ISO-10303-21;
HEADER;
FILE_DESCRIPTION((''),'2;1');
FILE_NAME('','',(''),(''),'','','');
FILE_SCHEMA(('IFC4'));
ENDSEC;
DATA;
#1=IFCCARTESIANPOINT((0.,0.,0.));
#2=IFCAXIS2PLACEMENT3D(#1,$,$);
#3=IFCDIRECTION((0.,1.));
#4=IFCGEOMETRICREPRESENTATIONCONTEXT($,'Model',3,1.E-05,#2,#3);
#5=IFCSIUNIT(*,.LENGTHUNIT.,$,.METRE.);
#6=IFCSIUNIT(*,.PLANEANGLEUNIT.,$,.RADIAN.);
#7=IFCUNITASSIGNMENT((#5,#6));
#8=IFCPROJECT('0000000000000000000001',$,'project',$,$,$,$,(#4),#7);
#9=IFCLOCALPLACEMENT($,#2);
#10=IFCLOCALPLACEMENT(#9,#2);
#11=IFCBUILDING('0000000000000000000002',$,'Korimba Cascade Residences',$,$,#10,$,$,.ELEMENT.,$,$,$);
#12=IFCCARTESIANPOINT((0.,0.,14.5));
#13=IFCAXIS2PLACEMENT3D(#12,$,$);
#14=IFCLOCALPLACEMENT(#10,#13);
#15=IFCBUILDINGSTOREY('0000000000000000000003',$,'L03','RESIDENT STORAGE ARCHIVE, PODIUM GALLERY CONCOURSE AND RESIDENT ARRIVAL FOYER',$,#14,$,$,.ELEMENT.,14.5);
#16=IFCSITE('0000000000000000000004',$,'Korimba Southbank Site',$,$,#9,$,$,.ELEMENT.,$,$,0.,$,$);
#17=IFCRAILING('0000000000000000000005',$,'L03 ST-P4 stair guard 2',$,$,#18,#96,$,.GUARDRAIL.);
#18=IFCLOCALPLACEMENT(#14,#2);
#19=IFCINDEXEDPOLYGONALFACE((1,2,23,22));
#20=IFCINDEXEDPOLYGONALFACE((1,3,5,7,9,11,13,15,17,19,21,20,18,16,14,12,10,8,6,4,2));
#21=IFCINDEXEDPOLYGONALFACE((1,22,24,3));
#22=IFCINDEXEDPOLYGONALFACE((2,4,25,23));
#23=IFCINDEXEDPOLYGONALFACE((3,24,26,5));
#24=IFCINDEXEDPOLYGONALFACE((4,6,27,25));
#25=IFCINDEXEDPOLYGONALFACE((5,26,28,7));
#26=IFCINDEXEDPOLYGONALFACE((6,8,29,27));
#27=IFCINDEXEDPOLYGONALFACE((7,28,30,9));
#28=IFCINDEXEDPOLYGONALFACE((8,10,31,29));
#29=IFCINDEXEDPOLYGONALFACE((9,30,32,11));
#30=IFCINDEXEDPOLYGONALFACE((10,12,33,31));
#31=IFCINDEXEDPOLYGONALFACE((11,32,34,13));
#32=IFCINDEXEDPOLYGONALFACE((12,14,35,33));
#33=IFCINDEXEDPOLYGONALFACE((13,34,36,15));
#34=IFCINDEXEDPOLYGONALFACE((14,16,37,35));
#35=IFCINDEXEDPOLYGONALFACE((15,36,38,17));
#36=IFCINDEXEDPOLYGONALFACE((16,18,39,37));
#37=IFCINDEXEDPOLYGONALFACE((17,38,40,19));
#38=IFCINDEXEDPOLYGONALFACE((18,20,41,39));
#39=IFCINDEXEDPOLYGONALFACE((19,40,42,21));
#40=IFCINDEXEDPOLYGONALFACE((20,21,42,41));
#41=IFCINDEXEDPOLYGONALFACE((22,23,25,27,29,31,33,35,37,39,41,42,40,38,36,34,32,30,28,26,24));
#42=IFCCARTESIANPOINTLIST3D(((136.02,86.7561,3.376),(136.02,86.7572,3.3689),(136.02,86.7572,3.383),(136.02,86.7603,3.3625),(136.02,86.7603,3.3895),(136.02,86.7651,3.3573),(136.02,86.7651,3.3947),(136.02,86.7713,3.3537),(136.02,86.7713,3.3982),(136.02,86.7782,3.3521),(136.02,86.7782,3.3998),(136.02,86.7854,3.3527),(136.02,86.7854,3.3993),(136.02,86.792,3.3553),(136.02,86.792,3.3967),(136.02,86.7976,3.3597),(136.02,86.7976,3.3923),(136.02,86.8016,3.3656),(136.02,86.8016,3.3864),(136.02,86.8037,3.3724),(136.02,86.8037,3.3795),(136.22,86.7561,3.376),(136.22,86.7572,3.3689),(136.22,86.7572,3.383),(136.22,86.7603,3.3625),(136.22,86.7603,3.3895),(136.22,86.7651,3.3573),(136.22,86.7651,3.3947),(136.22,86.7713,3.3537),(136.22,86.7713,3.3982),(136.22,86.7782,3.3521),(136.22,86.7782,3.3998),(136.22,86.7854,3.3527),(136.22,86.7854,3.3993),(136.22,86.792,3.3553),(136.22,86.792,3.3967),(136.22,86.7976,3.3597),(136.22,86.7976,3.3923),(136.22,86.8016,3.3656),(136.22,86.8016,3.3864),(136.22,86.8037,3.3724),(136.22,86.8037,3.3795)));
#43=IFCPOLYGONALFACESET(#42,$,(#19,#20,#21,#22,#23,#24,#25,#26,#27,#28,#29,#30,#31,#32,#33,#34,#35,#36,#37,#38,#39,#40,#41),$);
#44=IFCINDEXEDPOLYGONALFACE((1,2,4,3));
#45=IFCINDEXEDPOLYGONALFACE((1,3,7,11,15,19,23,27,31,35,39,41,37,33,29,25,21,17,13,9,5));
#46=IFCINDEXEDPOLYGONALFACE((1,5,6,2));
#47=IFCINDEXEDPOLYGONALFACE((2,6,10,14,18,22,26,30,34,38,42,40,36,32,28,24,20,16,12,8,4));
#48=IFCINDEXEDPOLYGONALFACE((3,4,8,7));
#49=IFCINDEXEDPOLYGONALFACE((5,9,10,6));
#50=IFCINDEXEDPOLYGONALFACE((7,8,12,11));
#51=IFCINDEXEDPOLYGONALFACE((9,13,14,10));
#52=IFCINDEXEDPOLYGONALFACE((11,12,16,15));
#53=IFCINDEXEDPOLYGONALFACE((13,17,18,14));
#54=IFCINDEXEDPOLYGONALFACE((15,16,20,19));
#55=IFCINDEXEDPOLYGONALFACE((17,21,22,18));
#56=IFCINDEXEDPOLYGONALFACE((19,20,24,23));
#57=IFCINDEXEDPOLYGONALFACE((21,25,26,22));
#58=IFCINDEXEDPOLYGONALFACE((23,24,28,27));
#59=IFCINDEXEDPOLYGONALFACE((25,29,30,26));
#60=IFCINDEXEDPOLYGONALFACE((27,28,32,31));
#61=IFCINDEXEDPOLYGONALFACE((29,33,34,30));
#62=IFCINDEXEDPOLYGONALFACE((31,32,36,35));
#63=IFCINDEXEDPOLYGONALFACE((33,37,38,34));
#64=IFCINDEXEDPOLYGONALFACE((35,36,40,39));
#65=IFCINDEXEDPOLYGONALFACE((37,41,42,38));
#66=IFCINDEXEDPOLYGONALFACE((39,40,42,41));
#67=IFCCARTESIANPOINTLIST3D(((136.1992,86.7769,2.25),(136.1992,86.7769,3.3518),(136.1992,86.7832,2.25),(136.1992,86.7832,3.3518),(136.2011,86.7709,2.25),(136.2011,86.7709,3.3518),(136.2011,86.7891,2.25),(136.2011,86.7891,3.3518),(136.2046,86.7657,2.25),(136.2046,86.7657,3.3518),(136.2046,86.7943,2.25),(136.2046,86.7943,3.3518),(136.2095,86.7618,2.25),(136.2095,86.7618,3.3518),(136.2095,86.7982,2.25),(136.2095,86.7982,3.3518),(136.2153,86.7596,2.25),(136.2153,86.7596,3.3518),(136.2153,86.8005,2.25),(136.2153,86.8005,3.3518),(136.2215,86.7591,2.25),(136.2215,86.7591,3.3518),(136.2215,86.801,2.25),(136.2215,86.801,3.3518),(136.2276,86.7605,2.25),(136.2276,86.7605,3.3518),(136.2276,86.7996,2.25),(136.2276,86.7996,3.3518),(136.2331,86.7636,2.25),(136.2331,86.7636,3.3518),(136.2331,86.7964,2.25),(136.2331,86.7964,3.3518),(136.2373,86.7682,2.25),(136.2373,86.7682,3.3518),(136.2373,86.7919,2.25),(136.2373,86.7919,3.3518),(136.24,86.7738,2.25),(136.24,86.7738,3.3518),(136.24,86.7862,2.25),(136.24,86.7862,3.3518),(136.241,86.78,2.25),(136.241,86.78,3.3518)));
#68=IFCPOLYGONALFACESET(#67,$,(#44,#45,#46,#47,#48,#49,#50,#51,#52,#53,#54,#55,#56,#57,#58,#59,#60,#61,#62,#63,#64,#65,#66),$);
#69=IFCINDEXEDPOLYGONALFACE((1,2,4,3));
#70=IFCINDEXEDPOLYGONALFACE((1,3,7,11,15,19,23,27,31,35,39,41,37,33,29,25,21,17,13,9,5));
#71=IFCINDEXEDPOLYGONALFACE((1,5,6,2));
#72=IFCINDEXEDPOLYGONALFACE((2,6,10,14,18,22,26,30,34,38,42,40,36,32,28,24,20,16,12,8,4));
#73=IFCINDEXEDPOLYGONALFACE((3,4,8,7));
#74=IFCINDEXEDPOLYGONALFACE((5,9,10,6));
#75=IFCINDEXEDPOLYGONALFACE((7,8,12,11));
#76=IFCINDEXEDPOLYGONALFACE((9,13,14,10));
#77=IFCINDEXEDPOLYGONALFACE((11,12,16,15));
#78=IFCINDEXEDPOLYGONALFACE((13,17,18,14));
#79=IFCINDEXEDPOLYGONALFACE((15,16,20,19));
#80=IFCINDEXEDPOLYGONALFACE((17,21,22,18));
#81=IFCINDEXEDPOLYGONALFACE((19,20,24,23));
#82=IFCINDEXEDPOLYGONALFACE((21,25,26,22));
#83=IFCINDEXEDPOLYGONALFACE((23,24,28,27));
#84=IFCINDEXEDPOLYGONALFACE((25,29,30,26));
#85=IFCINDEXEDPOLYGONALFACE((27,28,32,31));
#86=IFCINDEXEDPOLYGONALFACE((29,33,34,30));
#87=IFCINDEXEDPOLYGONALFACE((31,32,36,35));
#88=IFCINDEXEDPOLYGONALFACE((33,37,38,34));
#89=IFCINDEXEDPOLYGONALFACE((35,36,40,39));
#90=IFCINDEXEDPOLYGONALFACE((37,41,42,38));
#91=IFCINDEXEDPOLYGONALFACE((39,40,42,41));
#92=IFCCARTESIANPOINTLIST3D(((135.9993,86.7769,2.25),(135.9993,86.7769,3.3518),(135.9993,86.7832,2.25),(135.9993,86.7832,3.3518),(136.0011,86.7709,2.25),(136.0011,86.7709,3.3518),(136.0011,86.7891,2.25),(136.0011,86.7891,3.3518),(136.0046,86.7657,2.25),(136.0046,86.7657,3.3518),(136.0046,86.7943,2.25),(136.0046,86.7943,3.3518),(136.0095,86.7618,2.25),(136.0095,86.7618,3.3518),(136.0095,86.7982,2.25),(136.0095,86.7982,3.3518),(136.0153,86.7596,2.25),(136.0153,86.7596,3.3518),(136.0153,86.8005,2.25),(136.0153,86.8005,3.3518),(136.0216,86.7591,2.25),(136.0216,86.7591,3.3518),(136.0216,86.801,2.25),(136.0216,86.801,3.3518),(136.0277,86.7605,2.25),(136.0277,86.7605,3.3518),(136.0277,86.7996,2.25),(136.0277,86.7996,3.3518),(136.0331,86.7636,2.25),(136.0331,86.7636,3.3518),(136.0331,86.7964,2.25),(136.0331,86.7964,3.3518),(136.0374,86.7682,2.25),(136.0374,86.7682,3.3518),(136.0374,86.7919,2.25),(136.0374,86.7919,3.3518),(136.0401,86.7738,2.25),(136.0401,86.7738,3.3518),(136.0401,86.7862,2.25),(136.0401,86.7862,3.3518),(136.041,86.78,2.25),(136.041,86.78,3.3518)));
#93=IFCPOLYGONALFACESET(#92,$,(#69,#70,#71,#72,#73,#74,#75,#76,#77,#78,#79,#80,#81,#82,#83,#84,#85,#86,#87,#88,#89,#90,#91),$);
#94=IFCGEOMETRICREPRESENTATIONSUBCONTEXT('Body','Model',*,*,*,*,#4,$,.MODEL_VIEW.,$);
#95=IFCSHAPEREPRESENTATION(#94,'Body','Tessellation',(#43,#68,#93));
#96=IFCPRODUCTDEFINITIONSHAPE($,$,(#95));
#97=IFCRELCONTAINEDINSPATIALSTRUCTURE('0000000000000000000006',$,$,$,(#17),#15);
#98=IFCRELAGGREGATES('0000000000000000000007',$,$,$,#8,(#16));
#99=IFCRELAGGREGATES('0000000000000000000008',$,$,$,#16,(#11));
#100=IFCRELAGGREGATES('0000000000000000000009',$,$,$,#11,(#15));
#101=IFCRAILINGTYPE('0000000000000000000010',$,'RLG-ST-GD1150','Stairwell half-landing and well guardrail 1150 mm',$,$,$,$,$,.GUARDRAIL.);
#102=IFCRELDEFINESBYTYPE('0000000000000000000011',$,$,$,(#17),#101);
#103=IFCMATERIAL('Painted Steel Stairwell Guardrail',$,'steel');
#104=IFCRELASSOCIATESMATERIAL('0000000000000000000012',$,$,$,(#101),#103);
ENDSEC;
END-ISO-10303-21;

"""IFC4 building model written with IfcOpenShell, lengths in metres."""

from ifc_helpers import new_model, si_unit, direction, frame, origin, origin_2d, place, context, subcontext, project, spatial, circle, extrude, material, type_object, element, save


model = new_model("IFC4")

# Units and contexts
model_context = context("Model", 3, precision=1e-05, world=origin(), true_north=direction((0.0, 1.0)))
body_context = subcontext(model_context, "Body", "Model", "MODEL_VIEW")
ifc_project = project(units=[si_unit("LENGTHUNIT", "METRE"), si_unit("PLANEANGLEUNIT", "RADIAN")], contexts=[model_context])

# Site, building, storey
site_placement = place(None, origin())
site = spatial("IfcSite", under=ifc_project, at=site_placement, Name="Korimba Southbank Site", CompositionType="ELEMENT", RefElevation=0.0)
building_placement = place(site_placement, origin())
building = spatial("IfcBuilding", under=site, at=building_placement, Name="Korimba Cascade Residences", CompositionType="ELEMENT")
storey_placement = place(building_placement, frame((0.0, 0.0, 14.5)))
storey = spatial("IfcBuildingStorey", under=building, at=storey_placement, Name="L03", Description="RESIDENT STORAGE ARCHIVE, PODIUM GALLERY CONCOURSE AND RESIDENT ARRIVAL FOYER", CompositionType="ELEMENT", Elevation=14.5)

# Railing
ifc_material_1 = material(Name="Painted Steel Stairwell Guardrail", Category="steel")
railing_type_1 = type_object("IfcRailingType", Name="RLG-ST-GD1150", Description="Stairwell half-landing and well guardrail 1150 mm", PredefinedType="GUARDRAIL", material=ifc_material_1)
railing_1_placement = place(storey_placement, frame((136.22, 86.78, 2.25)))
element("IfcRailing", 1, at=railing_1_placement, inside=storey, type_object=railing_type_1, Name="L03 ST-P4 stair guard 2", PredefinedType="GUARDRAIL", context=body_context, shape_type="SweptSolid", body=[
    extrude(circle(Radius=0.0239, at=origin_2d()), frame((0.0, 0.0, 1.126), z_axis=(-1.0, 0.0, 0.0), x_axis=(0.0, -1.0, 0.0)), (0.0, 0.0, 1.0), 0.2),
    extrude(circle(Radius=0.021, at=origin_2d()), origin(), (0.0, 0.0, 1.0), 1.1018),
    extrude(circle(Radius=0.021, at=origin_2d()), frame((-0.2, 0.0, 0.0)), (0.0, 0.0, 1.0), 1.1018),
])

save(model, "model.ifc")
